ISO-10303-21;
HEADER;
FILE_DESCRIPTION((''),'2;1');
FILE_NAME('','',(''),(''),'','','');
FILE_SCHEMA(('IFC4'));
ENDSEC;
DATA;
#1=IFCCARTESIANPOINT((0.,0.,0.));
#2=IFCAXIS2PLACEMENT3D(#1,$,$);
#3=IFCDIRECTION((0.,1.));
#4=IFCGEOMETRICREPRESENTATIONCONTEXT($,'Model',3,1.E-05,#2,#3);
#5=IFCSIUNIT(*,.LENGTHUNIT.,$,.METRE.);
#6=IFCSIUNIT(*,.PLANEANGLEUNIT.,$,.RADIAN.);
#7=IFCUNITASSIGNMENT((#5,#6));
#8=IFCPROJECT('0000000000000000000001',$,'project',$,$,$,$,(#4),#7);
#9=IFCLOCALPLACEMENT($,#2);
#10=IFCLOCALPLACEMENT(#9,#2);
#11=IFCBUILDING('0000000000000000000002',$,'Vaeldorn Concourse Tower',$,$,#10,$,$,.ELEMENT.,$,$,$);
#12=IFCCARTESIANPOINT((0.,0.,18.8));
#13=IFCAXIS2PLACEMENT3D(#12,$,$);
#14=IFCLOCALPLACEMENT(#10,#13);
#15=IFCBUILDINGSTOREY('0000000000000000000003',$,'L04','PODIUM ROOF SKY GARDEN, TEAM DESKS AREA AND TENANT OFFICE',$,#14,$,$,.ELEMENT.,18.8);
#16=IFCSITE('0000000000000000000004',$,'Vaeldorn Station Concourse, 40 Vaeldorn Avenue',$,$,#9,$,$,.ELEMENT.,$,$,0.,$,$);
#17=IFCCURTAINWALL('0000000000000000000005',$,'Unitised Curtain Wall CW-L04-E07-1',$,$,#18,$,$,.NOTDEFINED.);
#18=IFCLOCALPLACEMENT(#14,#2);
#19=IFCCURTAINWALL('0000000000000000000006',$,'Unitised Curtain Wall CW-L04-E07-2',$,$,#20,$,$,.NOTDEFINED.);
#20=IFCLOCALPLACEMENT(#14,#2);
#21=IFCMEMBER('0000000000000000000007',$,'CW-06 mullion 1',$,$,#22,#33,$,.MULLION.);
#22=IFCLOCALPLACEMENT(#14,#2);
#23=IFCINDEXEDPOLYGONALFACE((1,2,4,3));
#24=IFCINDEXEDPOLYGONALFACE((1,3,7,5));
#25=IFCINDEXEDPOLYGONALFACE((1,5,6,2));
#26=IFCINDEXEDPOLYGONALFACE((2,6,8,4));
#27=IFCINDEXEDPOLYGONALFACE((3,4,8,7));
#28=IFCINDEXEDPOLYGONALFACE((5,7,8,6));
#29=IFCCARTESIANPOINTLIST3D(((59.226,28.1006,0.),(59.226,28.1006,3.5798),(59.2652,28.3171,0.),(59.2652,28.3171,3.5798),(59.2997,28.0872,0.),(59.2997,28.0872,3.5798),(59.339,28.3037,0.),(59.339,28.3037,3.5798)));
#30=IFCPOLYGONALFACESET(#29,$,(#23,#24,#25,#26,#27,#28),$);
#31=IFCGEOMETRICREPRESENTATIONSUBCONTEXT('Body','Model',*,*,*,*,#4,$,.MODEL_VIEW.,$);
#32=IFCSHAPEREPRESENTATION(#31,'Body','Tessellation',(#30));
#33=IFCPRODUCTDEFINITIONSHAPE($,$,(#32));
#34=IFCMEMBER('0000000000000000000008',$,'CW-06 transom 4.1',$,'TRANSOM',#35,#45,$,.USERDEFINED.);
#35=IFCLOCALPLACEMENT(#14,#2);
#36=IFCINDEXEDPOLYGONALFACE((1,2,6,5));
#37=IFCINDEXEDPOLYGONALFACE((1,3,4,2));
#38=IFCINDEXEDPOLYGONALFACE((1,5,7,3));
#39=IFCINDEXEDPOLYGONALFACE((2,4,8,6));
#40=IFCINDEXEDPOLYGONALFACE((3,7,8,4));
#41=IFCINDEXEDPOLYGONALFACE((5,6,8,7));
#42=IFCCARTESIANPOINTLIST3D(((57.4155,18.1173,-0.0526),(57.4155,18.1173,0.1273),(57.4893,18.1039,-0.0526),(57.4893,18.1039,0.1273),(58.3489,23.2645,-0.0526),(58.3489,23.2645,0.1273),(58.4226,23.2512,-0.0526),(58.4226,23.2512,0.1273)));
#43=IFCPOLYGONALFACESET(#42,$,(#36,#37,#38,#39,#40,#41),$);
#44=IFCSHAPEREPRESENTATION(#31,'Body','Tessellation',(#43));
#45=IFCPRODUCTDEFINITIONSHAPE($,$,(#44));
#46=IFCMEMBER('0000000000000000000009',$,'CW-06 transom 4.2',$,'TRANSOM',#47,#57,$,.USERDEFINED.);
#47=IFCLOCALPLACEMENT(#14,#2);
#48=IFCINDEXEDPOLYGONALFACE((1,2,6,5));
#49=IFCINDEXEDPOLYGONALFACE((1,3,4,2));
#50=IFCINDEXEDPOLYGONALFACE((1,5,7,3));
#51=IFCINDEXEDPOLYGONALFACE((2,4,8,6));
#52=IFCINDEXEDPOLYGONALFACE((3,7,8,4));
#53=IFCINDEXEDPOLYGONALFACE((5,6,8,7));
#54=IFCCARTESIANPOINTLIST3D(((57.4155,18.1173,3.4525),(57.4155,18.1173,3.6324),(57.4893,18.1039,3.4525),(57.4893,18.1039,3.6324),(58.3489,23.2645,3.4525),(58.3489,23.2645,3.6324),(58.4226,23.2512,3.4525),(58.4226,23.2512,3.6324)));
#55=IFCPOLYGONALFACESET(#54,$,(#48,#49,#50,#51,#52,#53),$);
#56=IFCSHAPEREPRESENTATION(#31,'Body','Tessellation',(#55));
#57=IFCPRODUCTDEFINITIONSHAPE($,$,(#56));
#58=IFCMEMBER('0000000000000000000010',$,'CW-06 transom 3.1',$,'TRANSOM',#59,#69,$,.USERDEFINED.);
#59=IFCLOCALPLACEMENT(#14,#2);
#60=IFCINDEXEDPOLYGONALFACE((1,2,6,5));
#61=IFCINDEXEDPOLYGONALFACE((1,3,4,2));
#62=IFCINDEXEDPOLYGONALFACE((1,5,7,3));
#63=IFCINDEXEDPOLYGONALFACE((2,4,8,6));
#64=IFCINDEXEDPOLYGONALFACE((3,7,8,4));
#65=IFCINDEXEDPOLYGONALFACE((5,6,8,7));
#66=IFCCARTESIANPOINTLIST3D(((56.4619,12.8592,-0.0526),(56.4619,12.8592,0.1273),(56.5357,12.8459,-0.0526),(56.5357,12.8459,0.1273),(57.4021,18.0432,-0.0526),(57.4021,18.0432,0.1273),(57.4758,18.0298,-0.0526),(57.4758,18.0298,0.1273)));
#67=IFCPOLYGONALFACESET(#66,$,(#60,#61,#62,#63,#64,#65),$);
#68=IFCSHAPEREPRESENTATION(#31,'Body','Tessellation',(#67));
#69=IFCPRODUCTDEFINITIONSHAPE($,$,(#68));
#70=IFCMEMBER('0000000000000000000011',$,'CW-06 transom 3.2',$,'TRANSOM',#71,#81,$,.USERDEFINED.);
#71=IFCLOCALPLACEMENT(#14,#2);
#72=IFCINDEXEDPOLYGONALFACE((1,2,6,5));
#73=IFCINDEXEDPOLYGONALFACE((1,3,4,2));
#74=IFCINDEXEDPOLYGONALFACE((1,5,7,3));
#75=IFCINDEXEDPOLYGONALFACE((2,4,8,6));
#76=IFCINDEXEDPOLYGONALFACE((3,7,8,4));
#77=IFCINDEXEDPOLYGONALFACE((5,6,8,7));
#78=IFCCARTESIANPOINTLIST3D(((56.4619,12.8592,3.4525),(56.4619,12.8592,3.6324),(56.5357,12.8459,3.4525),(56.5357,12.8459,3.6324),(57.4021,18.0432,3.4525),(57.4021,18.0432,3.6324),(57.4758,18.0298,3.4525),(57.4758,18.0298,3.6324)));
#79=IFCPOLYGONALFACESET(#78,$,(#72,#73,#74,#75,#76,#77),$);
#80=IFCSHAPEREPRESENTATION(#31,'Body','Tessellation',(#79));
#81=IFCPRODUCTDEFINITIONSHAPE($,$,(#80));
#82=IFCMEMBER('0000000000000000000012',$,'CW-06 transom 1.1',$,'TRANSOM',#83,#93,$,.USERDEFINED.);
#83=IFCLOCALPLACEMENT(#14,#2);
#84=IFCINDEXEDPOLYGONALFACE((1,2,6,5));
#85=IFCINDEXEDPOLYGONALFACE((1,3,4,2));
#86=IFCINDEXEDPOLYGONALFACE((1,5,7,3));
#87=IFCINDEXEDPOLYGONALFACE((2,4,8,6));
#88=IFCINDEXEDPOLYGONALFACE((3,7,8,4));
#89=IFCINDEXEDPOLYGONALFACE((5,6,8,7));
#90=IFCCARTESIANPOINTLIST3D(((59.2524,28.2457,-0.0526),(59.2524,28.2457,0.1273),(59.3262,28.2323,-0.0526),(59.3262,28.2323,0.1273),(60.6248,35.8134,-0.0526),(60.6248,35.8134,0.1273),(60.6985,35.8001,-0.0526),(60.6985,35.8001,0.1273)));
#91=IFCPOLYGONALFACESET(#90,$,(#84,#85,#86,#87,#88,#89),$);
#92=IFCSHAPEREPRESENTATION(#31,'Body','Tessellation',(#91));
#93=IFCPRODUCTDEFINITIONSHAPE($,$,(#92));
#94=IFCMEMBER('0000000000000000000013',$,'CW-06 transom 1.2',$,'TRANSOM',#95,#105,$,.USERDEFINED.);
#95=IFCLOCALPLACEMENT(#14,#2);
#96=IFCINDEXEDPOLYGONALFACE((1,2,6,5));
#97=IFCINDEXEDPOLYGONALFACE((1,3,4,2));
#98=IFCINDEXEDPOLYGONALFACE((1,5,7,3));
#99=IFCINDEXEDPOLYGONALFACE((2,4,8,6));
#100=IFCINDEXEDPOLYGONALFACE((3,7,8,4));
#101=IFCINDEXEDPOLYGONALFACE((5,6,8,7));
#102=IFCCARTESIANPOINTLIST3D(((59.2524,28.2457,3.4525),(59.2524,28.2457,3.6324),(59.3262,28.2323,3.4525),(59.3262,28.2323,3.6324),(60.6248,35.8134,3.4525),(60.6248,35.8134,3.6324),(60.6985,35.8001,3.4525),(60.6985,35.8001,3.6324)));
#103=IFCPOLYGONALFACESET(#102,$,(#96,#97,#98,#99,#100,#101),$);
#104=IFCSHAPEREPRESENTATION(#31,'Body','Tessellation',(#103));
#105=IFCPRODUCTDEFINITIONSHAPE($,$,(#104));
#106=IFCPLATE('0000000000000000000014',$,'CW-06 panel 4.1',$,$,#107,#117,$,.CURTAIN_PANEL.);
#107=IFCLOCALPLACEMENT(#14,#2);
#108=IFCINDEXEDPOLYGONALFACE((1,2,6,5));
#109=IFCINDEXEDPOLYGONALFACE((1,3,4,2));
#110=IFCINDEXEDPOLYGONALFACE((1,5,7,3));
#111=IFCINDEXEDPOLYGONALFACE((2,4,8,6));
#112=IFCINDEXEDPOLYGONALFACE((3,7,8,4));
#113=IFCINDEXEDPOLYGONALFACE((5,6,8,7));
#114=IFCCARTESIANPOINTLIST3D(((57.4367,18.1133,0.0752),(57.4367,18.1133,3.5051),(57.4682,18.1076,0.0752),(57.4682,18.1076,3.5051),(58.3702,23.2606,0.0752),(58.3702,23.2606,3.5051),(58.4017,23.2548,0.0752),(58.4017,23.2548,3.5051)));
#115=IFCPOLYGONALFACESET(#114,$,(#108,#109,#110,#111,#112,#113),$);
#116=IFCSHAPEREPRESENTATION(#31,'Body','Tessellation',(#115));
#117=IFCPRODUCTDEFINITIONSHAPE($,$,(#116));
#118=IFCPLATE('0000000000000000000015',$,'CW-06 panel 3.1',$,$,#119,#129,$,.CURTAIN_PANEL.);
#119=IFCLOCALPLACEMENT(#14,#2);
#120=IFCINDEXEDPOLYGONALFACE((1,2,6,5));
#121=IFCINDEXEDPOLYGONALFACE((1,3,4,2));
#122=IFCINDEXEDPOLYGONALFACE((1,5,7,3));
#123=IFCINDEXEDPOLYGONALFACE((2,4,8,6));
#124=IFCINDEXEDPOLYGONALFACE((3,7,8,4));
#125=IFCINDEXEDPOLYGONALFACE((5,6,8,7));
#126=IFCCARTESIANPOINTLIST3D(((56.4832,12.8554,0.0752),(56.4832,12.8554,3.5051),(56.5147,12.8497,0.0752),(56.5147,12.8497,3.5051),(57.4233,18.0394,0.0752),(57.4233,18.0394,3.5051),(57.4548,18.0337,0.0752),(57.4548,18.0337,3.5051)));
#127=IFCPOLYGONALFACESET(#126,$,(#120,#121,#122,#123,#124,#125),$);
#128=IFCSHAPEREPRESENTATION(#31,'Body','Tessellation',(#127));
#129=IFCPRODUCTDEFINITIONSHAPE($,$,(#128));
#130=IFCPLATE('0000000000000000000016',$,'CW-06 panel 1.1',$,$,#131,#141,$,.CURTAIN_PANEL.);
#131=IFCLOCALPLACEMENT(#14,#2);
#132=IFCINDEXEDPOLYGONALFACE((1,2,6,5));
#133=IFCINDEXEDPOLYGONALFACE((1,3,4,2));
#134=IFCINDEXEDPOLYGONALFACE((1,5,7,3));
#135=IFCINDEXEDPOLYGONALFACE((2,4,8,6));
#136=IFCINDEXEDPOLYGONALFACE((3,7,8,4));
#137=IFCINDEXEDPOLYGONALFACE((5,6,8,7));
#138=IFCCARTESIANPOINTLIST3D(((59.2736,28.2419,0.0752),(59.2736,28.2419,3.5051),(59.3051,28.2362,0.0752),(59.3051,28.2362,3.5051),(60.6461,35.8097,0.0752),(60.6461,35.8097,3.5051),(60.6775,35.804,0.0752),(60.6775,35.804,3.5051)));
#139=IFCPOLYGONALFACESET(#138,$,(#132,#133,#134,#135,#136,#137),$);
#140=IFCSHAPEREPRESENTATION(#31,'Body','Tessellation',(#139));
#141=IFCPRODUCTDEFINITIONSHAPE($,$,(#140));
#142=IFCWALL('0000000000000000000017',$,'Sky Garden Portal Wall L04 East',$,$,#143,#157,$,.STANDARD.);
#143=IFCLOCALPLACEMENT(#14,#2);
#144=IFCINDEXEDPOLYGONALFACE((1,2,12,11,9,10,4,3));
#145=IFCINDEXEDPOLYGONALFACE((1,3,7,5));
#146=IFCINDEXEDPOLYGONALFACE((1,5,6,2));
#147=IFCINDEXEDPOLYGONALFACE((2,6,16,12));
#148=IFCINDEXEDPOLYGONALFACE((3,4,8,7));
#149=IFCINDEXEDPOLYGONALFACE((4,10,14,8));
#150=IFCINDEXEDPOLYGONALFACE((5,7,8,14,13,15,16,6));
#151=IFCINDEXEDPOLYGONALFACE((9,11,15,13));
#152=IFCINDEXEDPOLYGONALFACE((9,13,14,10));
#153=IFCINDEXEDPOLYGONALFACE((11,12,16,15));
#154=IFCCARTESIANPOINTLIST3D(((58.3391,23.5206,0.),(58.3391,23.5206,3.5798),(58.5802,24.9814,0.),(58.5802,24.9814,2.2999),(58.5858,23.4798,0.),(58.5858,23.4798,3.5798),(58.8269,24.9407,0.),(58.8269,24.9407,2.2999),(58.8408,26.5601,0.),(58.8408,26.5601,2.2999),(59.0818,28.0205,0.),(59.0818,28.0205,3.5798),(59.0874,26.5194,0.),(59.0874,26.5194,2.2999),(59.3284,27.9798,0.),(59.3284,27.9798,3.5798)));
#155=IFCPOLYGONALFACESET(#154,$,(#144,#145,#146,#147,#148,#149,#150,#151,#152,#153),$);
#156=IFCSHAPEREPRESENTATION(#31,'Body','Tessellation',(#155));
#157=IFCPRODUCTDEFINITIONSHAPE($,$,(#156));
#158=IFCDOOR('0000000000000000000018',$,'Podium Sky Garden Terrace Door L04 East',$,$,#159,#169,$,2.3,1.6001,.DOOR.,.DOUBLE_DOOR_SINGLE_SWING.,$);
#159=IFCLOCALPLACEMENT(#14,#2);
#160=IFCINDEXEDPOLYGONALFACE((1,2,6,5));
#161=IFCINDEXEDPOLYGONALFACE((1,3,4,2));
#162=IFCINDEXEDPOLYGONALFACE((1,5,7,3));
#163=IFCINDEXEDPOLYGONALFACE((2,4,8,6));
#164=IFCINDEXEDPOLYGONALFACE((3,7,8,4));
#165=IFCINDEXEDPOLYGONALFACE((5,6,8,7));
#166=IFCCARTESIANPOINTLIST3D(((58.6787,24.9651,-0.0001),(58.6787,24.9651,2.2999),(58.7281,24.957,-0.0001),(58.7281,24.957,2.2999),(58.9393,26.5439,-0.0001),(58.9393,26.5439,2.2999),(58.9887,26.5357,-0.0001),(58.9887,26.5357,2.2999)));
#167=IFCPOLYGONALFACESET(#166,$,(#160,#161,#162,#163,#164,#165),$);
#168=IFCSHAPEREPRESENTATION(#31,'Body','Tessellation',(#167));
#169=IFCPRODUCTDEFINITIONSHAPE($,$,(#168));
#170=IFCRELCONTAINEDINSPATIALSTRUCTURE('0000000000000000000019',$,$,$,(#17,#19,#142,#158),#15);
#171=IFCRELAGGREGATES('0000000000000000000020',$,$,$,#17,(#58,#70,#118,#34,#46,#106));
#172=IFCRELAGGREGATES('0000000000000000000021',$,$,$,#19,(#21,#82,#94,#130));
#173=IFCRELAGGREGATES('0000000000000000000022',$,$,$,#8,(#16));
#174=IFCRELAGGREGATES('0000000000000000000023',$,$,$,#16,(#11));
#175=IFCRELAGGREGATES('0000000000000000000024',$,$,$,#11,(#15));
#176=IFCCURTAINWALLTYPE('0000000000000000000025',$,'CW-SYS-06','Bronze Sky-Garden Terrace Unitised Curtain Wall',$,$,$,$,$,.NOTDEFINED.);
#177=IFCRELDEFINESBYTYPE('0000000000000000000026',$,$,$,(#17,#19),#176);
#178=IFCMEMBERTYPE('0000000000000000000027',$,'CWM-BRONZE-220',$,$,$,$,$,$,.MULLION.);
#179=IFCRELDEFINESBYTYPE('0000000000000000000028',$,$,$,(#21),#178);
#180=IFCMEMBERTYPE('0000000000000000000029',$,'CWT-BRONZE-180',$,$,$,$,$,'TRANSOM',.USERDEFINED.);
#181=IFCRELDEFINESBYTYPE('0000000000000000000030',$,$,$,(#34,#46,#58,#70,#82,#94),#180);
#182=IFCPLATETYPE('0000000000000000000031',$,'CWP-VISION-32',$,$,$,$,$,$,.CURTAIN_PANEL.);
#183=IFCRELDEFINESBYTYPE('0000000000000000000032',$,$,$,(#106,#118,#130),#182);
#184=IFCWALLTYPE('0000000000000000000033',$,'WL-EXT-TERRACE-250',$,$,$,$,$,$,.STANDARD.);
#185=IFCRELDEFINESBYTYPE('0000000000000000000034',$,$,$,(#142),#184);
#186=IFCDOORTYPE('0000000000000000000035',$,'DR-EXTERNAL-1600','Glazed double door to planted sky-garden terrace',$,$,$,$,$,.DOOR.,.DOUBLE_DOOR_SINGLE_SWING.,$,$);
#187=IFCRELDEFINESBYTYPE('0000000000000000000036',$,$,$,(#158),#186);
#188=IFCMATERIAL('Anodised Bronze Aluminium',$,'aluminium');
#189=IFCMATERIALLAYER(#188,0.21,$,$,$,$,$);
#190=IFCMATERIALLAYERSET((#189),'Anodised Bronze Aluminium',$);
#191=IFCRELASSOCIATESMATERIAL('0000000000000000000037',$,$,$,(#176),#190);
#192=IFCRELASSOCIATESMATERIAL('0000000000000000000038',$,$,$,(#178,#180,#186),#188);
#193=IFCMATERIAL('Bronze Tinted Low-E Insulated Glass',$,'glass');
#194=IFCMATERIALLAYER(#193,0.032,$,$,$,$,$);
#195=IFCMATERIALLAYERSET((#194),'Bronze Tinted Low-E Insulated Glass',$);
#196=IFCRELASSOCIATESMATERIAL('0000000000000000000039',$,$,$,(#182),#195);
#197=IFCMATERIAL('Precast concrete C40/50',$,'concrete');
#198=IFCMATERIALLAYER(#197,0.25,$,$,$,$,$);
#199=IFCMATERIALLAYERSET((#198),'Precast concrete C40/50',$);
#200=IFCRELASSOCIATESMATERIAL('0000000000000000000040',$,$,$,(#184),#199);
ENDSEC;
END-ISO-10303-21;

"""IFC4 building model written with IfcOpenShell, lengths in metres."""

from ifc_helpers import new_model, si_unit, direction, frame, frame_2d, origin, origin_2d, place, context, subcontext, project, spatial, rectangle, extrude, source, transform, mapped, material, layer, layer_set, material_profile, profile_set, type_object, element, fill, aggregate, save


model = new_model("IFC4")

# Units and contexts
model_context = context("Model", 3, precision=1e-05, world=origin(), true_north=direction((0.0, 1.0)))
body_context = subcontext(model_context, "Body", "Model", "MODEL_VIEW")
ifc_project = project(units=[si_unit("LENGTHUNIT", "METRE"), si_unit("PLANEANGLEUNIT", "RADIAN")], contexts=[model_context])

# Site, building, storey
site_placement = place(None, origin())
site = spatial("IfcSite", under=ifc_project, at=site_placement, Name="Vaeldorn Station Concourse, 40 Vaeldorn Avenue", CompositionType="ELEMENT", RefElevation=0.0)
building_placement = place(site_placement, origin())
building = spatial("IfcBuilding", under=site, at=building_placement, Name="Vaeldorn Concourse Tower", CompositionType="ELEMENT")
storey_placement = place(building_placement, frame((0.0, 0.0, 18.8)))
storey = spatial("IfcBuildingStorey", under=building, at=storey_placement, Name="L04", Description="PODIUM ROOF SKY GARDEN, TEAM DESKS AREA AND TENANT OFFICE", CompositionType="ELEMENT", Elevation=18.8)

# Curtain wall
ifc_material_1 = material(Name="Anodised Bronze Aluminium", Category="aluminium")
ifc_layer_1 = layer(ifc_material_1, 0.21)
ifc_layer_set_1 = layer_set([ifc_layer_1], Name="Anodised Bronze Aluminium")
curtain_wall_type = type_object("IfcCurtainWallType", Name="CW-SYS-06", Description="Bronze Sky-Garden Terrace Unitised Curtain Wall", PredefinedType="NOTDEFINED", material=ifc_layer_set_1)
curtain_wall_1_placement = place(storey_placement, origin())
curtain_wall_1 = element("IfcCurtainWall", 1, at=curtain_wall_1_placement, inside=storey, type_object=curtain_wall_type, Name="Unitised Curtain Wall CW-L04-E07-1", PredefinedType="NOTDEFINED")
ifc_material_profile_1 = material_profile(ifc_material_1, rectangle(XDim=0.075, YDim=0.22, at=origin_2d()), Name="CWM 75x220")
ifc_profile_set_1 = profile_set([ifc_material_profile_1], Name="Anodised Bronze Aluminium")
member_type_1 = type_object("IfcMemberType", Name="CWM-BRONZE-220", PredefinedType="MULLION", material=ifc_profile_set_1)
shared_shape_1 = source(origin(), body_context, "Body", "SweptSolid", [
    extrude(rectangle(XDim=0.075, YDim=0.22, at=origin_2d()), origin(), (0.0, 0.0, 1.0), 3.5798),
])

# Curtain wall, member
curtain_wall_2_placement = place(storey_placement, origin())
curtain_wall_2 = element("IfcCurtainWall", 2, at=curtain_wall_2_placement, inside=storey, type_object=curtain_wall_type, Name="Unitised Curtain Wall CW-L04-E07-2", PredefinedType="NOTDEFINED")
member_1_placement = place(storey_placement, frame((59.2825, 28.2021, 0.0), z_axis=(0.0, 0.0, 1.0), x_axis=(-0.98395, 0.178443, 0.0)))
member_1 = element("IfcMember", 3, at=member_1_placement, type_object=member_type_1, Name="CW-06 mullion 1", PredefinedType="MULLION", context=body_context, shape_type="MappedRepresentation", body=[
    mapped(shared_shape_1, transform((0.0, 0.0, 0.0), scale=1.0)),
])

# Members
ifc_material_profile_2 = material_profile(ifc_material_1, rectangle(XDim=0.075, YDim=0.1799, at=origin_2d()), Name="CWT 75x180")
ifc_profile_set_2 = profile_set([ifc_material_profile_2], Name="Anodised Bronze Aluminium")
member_type_2 = type_object("IfcMemberType", Name="CWT-BRONZE-180", ElementType="TRANSOM", PredefinedType="USERDEFINED", material=ifc_profile_set_2)
shared_shape_2 = source(origin(), body_context, "Body", "SweptSolid", [
    extrude(rectangle(XDim=0.075, YDim=0.1799, at=origin_2d()), origin(), (0.0, 0.0, 1.0), 5.2312),
])
member_2_placement = place(storey_placement, frame((57.4524, 18.1106, 0.0374), z_axis=(0.178421, 0.983954, 0.0), x_axis=(-0.983954, 0.178421, 0.0)))
member_2 = element("IfcMember", 4, at=member_2_placement, type_object=member_type_2, Name="CW-06 transom 4.1", ObjectType="TRANSOM", PredefinedType="USERDEFINED", context=body_context, shape_type="MappedRepresentation", body=[
    mapped(shared_shape_2, transform((0.0, 0.0, 0.0), scale=1.0)),
])
member_3_placement = place(storey_placement, frame((57.4524, 18.1106, 3.5425), z_axis=(0.178421, 0.983954, 0.0), x_axis=(-0.983954, 0.178421, 0.0)))
member_3 = element("IfcMember", 5, at=member_3_placement, type_object=member_type_2, Name="CW-06 transom 4.2", ObjectType="TRANSOM", PredefinedType="USERDEFINED", context=body_context, shape_type="MappedRepresentation", body=[
    mapped(shared_shape_2, transform((0.0, 0.0, 0.0), scale=1.0)),
])
shared_shape_3 = source(origin(), body_context, "Body", "SweptSolid", [
    extrude(rectangle(XDim=0.075, YDim=0.1799, at=origin_2d()), origin(), (0.0, 0.0, 1.0), 5.2686),
])
member_4_placement = place(storey_placement, frame((56.4988, 12.8525, 0.0374), z_axis=(0.178449, 0.983949, 0.0), x_axis=(-0.983949, 0.178449, 0.0)))
member_4 = element("IfcMember", 6, at=member_4_placement, type_object=member_type_2, Name="CW-06 transom 3.1", ObjectType="TRANSOM", PredefinedType="USERDEFINED", context=body_context, shape_type="MappedRepresentation", body=[
    mapped(shared_shape_3, transform((0.0, 0.0, 0.0), scale=1.0)),
])
member_5_placement = place(storey_placement, frame((56.4988, 12.8525, 3.5425), z_axis=(0.178449, 0.983949, 0.0), x_axis=(-0.983949, 0.178449, 0.0)))
member_5 = element("IfcMember", 7, at=member_5_placement, type_object=member_type_2, Name="CW-06 transom 3.2", ObjectType="TRANSOM", PredefinedType="USERDEFINED", context=body_context, shape_type="MappedRepresentation", body=[
    mapped(shared_shape_3, transform((0.0, 0.0, 0.0), scale=1.0)),
])
shared_shape_4 = source(origin(), body_context, "Body", "SweptSolid", [
    extrude(rectangle(XDim=0.075, YDim=0.1799, at=origin_2d()), origin(), (0.0, 0.0, 1.0), 7.6912),
])
member_6_placement = place(storey_placement, frame((59.2893, 28.239, 0.0374), z_axis=(0.17843, 0.983953, 0.0), x_axis=(-0.983953, 0.17843, 0.0)))
member_6 = element("IfcMember", 8, at=member_6_placement, type_object=member_type_2, Name="CW-06 transom 1.1", ObjectType="TRANSOM", PredefinedType="USERDEFINED", context=body_context, shape_type="MappedRepresentation", body=[
    mapped(shared_shape_4, transform((0.0, 0.0, 0.0), scale=1.0)),
])
member_7_placement = place(storey_placement, frame((59.2893, 28.239, 3.5425), z_axis=(0.17843, 0.983953, 0.0), x_axis=(-0.983953, 0.17843, 0.0)))
member_7 = element("IfcMember", 9, at=member_7_placement, type_object=member_type_2, Name="CW-06 transom 1.2", ObjectType="TRANSOM", PredefinedType="USERDEFINED", context=body_context, shape_type="MappedRepresentation", body=[
    mapped(shared_shape_4, transform((0.0, 0.0, 0.0), scale=1.0)),
])

# Plates
ifc_material_2 = material(Name="Bronze Tinted Low-E Insulated Glass", Category="glass")
ifc_layer_2 = layer(ifc_material_2, 0.032)
ifc_layer_set_2 = layer_set([ifc_layer_2], Name="Bronze Tinted Low-E Insulated Glass")
plate_type = type_object("IfcPlateType", Name="CWP-VISION-32", PredefinedType="CURTAIN_PANEL", material=ifc_layer_set_2)
shared_shape_5 = source(origin(), body_context, "Body", "SweptSolid", [
    extrude(rectangle(XDim=5.2312, YDim=0.032, at=origin_2d()), origin(), (0.0, 0.0, 1.0), 3.4299),
])
plate_1_placement = place(storey_placement, frame((57.9192, 20.6841, 0.0752), z_axis=(0.0, 0.0, 1.0), x_axis=(0.178446, 0.98395, 0.0)))
plate_1 = element("IfcPlate", 10, at=plate_1_placement, type_object=plate_type, Name="CW-06 panel 4.1", PredefinedType="CURTAIN_PANEL", context=body_context, shape_type="MappedRepresentation", body=[
    mapped(shared_shape_5, transform((0.0, 0.0, 0.0), scale=1.0)),
])
shared_shape_6 = source(origin(), body_context, "Body", "SweptSolid", [
    extrude(rectangle(XDim=5.2686, YDim=0.032, at=origin_2d()), origin(), (0.0, 0.0, 1.0), 3.4299),
])
plate_2_placement = place(storey_placement, frame((56.969, 15.4446, 0.0752), z_axis=(0.0, 0.0, 1.0), x_axis=(0.178446, 0.98395, 0.0)))
plate_2 = element("IfcPlate", 11, at=plate_2_placement, type_object=plate_type, Name="CW-06 panel 3.1", PredefinedType="CURTAIN_PANEL", context=body_context, shape_type="MappedRepresentation", body=[
    mapped(shared_shape_6, transform((0.0, 0.0, 0.0), scale=1.0)),
])
aggregate(curtain_wall_1, [member_4, member_5, plate_2, member_2, member_3, plate_1])
shared_shape_7 = source(origin(), body_context, "Body", "SweptSolid", [
    extrude(rectangle(XDim=7.6912, YDim=0.032, at=origin_2d()), origin(), (0.0, 0.0, 1.0), 3.4299),
])
plate_3_placement = place(storey_placement, frame((59.9756, 32.0229, 0.0752), z_axis=(0.0, 0.0, 1.0), x_axis=(0.178443, 0.98395, 0.0)))
plate_3 = element("IfcPlate", 12, at=plate_3_placement, type_object=plate_type, Name="CW-06 panel 1.1", PredefinedType="CURTAIN_PANEL", context=body_context, shape_type="MappedRepresentation", body=[
    mapped(shared_shape_7, transform((0.0, 0.0, 0.0), scale=1.0)),
])
aggregate(curtain_wall_2, [member_1, member_6, member_7, plate_3])

# Wall, opening, door
ifc_material_3 = material(Name="Precast concrete C40/50", Category="concrete")
ifc_layer_3 = layer(ifc_material_3, 0.25)
ifc_layer_set_3 = layer_set([ifc_layer_3], Name="Precast concrete C40/50")
wall_type_1 = type_object("IfcWallType", Name="WL-EXT-TERRACE-250", PredefinedType="STANDARD", material=ifc_layer_set_3)
wall_1_placement = place(storey_placement, frame((59.2051, 28.0, 0.0), z_axis=(0.0, 0.0, 1.0), x_axis=(-0.162836, -0.986653, 0.0)))
wall_1 = element("IfcWall", 13, at=wall_1_placement, inside=storey, type_object=wall_type_1, Name="Sky Garden Portal Wall L04 East", PredefinedType="STANDARD", context=body_context, shape_type="SweptSolid", body=[
    extrude(rectangle(XDim=4.5608, YDim=0.25, at=frame_2d((2.2803, 0.0))), origin(), (0.0, 0.0, 1.0), 3.5798),
])
opening_1_placement = place(wall_1_placement, frame((1.48, 0.0, 0.0)))
opening_1 = element("IfcOpeningElement", 14, at=opening_1_placement, cuts=wall_1, PredefinedType="OPENING", context=body_context, shape_type="SweptSolid", body=[
    extrude(rectangle(XDim=1.6001, YDim=2.3, at=frame_2d((0.8, 1.1499))), frame((0.0, 0.135, 0.0), z_axis=(0.0, -1.0, 0.0), x_axis=(1.0, 0.0, 0.0)), (0.0, 0.0, 1.0), 0.27),
])
door_type_1 = type_object("IfcDoorType", Name="DR-EXTERNAL-1600", Description="Glazed double door to planted sky-garden terrace", OperationType="DOUBLE_DOOR_SINGLE_SWING", PredefinedType="DOOR", material=ifc_material_1)
shared_shape_8 = source(origin(), body_context, "Body", "SweptSolid", [
    extrude(rectangle(XDim=1.6001, YDim=2.3, at=frame_2d((0.8, 1.1499))), frame((0.0, 0.0249, 0.0), z_axis=(0.0, -1.0, 0.0), x_axis=(1.0, 0.0, 0.0)), (0.0, 0.0, 1.0), 0.05),
])
door_1_placement = place(opening_1_placement, origin())
door_1 = element("IfcDoor", 15, at=door_1_placement, inside=storey, type_object=door_type_1, Name="Podium Sky Garden Terrace Door L04 East", OperationType="DOUBLE_DOOR_SINGLE_SWING", OverallHeight=2.3, OverallWidth=1.6001, PredefinedType="DOOR", context=body_context, shape_type="MappedRepresentation", body=[
    mapped(shared_shape_8, transform((0.0, 0.0, 0.0), scale=1.0)),
])
fill(opening_1, door_1)

save(model, "model.ifc")
